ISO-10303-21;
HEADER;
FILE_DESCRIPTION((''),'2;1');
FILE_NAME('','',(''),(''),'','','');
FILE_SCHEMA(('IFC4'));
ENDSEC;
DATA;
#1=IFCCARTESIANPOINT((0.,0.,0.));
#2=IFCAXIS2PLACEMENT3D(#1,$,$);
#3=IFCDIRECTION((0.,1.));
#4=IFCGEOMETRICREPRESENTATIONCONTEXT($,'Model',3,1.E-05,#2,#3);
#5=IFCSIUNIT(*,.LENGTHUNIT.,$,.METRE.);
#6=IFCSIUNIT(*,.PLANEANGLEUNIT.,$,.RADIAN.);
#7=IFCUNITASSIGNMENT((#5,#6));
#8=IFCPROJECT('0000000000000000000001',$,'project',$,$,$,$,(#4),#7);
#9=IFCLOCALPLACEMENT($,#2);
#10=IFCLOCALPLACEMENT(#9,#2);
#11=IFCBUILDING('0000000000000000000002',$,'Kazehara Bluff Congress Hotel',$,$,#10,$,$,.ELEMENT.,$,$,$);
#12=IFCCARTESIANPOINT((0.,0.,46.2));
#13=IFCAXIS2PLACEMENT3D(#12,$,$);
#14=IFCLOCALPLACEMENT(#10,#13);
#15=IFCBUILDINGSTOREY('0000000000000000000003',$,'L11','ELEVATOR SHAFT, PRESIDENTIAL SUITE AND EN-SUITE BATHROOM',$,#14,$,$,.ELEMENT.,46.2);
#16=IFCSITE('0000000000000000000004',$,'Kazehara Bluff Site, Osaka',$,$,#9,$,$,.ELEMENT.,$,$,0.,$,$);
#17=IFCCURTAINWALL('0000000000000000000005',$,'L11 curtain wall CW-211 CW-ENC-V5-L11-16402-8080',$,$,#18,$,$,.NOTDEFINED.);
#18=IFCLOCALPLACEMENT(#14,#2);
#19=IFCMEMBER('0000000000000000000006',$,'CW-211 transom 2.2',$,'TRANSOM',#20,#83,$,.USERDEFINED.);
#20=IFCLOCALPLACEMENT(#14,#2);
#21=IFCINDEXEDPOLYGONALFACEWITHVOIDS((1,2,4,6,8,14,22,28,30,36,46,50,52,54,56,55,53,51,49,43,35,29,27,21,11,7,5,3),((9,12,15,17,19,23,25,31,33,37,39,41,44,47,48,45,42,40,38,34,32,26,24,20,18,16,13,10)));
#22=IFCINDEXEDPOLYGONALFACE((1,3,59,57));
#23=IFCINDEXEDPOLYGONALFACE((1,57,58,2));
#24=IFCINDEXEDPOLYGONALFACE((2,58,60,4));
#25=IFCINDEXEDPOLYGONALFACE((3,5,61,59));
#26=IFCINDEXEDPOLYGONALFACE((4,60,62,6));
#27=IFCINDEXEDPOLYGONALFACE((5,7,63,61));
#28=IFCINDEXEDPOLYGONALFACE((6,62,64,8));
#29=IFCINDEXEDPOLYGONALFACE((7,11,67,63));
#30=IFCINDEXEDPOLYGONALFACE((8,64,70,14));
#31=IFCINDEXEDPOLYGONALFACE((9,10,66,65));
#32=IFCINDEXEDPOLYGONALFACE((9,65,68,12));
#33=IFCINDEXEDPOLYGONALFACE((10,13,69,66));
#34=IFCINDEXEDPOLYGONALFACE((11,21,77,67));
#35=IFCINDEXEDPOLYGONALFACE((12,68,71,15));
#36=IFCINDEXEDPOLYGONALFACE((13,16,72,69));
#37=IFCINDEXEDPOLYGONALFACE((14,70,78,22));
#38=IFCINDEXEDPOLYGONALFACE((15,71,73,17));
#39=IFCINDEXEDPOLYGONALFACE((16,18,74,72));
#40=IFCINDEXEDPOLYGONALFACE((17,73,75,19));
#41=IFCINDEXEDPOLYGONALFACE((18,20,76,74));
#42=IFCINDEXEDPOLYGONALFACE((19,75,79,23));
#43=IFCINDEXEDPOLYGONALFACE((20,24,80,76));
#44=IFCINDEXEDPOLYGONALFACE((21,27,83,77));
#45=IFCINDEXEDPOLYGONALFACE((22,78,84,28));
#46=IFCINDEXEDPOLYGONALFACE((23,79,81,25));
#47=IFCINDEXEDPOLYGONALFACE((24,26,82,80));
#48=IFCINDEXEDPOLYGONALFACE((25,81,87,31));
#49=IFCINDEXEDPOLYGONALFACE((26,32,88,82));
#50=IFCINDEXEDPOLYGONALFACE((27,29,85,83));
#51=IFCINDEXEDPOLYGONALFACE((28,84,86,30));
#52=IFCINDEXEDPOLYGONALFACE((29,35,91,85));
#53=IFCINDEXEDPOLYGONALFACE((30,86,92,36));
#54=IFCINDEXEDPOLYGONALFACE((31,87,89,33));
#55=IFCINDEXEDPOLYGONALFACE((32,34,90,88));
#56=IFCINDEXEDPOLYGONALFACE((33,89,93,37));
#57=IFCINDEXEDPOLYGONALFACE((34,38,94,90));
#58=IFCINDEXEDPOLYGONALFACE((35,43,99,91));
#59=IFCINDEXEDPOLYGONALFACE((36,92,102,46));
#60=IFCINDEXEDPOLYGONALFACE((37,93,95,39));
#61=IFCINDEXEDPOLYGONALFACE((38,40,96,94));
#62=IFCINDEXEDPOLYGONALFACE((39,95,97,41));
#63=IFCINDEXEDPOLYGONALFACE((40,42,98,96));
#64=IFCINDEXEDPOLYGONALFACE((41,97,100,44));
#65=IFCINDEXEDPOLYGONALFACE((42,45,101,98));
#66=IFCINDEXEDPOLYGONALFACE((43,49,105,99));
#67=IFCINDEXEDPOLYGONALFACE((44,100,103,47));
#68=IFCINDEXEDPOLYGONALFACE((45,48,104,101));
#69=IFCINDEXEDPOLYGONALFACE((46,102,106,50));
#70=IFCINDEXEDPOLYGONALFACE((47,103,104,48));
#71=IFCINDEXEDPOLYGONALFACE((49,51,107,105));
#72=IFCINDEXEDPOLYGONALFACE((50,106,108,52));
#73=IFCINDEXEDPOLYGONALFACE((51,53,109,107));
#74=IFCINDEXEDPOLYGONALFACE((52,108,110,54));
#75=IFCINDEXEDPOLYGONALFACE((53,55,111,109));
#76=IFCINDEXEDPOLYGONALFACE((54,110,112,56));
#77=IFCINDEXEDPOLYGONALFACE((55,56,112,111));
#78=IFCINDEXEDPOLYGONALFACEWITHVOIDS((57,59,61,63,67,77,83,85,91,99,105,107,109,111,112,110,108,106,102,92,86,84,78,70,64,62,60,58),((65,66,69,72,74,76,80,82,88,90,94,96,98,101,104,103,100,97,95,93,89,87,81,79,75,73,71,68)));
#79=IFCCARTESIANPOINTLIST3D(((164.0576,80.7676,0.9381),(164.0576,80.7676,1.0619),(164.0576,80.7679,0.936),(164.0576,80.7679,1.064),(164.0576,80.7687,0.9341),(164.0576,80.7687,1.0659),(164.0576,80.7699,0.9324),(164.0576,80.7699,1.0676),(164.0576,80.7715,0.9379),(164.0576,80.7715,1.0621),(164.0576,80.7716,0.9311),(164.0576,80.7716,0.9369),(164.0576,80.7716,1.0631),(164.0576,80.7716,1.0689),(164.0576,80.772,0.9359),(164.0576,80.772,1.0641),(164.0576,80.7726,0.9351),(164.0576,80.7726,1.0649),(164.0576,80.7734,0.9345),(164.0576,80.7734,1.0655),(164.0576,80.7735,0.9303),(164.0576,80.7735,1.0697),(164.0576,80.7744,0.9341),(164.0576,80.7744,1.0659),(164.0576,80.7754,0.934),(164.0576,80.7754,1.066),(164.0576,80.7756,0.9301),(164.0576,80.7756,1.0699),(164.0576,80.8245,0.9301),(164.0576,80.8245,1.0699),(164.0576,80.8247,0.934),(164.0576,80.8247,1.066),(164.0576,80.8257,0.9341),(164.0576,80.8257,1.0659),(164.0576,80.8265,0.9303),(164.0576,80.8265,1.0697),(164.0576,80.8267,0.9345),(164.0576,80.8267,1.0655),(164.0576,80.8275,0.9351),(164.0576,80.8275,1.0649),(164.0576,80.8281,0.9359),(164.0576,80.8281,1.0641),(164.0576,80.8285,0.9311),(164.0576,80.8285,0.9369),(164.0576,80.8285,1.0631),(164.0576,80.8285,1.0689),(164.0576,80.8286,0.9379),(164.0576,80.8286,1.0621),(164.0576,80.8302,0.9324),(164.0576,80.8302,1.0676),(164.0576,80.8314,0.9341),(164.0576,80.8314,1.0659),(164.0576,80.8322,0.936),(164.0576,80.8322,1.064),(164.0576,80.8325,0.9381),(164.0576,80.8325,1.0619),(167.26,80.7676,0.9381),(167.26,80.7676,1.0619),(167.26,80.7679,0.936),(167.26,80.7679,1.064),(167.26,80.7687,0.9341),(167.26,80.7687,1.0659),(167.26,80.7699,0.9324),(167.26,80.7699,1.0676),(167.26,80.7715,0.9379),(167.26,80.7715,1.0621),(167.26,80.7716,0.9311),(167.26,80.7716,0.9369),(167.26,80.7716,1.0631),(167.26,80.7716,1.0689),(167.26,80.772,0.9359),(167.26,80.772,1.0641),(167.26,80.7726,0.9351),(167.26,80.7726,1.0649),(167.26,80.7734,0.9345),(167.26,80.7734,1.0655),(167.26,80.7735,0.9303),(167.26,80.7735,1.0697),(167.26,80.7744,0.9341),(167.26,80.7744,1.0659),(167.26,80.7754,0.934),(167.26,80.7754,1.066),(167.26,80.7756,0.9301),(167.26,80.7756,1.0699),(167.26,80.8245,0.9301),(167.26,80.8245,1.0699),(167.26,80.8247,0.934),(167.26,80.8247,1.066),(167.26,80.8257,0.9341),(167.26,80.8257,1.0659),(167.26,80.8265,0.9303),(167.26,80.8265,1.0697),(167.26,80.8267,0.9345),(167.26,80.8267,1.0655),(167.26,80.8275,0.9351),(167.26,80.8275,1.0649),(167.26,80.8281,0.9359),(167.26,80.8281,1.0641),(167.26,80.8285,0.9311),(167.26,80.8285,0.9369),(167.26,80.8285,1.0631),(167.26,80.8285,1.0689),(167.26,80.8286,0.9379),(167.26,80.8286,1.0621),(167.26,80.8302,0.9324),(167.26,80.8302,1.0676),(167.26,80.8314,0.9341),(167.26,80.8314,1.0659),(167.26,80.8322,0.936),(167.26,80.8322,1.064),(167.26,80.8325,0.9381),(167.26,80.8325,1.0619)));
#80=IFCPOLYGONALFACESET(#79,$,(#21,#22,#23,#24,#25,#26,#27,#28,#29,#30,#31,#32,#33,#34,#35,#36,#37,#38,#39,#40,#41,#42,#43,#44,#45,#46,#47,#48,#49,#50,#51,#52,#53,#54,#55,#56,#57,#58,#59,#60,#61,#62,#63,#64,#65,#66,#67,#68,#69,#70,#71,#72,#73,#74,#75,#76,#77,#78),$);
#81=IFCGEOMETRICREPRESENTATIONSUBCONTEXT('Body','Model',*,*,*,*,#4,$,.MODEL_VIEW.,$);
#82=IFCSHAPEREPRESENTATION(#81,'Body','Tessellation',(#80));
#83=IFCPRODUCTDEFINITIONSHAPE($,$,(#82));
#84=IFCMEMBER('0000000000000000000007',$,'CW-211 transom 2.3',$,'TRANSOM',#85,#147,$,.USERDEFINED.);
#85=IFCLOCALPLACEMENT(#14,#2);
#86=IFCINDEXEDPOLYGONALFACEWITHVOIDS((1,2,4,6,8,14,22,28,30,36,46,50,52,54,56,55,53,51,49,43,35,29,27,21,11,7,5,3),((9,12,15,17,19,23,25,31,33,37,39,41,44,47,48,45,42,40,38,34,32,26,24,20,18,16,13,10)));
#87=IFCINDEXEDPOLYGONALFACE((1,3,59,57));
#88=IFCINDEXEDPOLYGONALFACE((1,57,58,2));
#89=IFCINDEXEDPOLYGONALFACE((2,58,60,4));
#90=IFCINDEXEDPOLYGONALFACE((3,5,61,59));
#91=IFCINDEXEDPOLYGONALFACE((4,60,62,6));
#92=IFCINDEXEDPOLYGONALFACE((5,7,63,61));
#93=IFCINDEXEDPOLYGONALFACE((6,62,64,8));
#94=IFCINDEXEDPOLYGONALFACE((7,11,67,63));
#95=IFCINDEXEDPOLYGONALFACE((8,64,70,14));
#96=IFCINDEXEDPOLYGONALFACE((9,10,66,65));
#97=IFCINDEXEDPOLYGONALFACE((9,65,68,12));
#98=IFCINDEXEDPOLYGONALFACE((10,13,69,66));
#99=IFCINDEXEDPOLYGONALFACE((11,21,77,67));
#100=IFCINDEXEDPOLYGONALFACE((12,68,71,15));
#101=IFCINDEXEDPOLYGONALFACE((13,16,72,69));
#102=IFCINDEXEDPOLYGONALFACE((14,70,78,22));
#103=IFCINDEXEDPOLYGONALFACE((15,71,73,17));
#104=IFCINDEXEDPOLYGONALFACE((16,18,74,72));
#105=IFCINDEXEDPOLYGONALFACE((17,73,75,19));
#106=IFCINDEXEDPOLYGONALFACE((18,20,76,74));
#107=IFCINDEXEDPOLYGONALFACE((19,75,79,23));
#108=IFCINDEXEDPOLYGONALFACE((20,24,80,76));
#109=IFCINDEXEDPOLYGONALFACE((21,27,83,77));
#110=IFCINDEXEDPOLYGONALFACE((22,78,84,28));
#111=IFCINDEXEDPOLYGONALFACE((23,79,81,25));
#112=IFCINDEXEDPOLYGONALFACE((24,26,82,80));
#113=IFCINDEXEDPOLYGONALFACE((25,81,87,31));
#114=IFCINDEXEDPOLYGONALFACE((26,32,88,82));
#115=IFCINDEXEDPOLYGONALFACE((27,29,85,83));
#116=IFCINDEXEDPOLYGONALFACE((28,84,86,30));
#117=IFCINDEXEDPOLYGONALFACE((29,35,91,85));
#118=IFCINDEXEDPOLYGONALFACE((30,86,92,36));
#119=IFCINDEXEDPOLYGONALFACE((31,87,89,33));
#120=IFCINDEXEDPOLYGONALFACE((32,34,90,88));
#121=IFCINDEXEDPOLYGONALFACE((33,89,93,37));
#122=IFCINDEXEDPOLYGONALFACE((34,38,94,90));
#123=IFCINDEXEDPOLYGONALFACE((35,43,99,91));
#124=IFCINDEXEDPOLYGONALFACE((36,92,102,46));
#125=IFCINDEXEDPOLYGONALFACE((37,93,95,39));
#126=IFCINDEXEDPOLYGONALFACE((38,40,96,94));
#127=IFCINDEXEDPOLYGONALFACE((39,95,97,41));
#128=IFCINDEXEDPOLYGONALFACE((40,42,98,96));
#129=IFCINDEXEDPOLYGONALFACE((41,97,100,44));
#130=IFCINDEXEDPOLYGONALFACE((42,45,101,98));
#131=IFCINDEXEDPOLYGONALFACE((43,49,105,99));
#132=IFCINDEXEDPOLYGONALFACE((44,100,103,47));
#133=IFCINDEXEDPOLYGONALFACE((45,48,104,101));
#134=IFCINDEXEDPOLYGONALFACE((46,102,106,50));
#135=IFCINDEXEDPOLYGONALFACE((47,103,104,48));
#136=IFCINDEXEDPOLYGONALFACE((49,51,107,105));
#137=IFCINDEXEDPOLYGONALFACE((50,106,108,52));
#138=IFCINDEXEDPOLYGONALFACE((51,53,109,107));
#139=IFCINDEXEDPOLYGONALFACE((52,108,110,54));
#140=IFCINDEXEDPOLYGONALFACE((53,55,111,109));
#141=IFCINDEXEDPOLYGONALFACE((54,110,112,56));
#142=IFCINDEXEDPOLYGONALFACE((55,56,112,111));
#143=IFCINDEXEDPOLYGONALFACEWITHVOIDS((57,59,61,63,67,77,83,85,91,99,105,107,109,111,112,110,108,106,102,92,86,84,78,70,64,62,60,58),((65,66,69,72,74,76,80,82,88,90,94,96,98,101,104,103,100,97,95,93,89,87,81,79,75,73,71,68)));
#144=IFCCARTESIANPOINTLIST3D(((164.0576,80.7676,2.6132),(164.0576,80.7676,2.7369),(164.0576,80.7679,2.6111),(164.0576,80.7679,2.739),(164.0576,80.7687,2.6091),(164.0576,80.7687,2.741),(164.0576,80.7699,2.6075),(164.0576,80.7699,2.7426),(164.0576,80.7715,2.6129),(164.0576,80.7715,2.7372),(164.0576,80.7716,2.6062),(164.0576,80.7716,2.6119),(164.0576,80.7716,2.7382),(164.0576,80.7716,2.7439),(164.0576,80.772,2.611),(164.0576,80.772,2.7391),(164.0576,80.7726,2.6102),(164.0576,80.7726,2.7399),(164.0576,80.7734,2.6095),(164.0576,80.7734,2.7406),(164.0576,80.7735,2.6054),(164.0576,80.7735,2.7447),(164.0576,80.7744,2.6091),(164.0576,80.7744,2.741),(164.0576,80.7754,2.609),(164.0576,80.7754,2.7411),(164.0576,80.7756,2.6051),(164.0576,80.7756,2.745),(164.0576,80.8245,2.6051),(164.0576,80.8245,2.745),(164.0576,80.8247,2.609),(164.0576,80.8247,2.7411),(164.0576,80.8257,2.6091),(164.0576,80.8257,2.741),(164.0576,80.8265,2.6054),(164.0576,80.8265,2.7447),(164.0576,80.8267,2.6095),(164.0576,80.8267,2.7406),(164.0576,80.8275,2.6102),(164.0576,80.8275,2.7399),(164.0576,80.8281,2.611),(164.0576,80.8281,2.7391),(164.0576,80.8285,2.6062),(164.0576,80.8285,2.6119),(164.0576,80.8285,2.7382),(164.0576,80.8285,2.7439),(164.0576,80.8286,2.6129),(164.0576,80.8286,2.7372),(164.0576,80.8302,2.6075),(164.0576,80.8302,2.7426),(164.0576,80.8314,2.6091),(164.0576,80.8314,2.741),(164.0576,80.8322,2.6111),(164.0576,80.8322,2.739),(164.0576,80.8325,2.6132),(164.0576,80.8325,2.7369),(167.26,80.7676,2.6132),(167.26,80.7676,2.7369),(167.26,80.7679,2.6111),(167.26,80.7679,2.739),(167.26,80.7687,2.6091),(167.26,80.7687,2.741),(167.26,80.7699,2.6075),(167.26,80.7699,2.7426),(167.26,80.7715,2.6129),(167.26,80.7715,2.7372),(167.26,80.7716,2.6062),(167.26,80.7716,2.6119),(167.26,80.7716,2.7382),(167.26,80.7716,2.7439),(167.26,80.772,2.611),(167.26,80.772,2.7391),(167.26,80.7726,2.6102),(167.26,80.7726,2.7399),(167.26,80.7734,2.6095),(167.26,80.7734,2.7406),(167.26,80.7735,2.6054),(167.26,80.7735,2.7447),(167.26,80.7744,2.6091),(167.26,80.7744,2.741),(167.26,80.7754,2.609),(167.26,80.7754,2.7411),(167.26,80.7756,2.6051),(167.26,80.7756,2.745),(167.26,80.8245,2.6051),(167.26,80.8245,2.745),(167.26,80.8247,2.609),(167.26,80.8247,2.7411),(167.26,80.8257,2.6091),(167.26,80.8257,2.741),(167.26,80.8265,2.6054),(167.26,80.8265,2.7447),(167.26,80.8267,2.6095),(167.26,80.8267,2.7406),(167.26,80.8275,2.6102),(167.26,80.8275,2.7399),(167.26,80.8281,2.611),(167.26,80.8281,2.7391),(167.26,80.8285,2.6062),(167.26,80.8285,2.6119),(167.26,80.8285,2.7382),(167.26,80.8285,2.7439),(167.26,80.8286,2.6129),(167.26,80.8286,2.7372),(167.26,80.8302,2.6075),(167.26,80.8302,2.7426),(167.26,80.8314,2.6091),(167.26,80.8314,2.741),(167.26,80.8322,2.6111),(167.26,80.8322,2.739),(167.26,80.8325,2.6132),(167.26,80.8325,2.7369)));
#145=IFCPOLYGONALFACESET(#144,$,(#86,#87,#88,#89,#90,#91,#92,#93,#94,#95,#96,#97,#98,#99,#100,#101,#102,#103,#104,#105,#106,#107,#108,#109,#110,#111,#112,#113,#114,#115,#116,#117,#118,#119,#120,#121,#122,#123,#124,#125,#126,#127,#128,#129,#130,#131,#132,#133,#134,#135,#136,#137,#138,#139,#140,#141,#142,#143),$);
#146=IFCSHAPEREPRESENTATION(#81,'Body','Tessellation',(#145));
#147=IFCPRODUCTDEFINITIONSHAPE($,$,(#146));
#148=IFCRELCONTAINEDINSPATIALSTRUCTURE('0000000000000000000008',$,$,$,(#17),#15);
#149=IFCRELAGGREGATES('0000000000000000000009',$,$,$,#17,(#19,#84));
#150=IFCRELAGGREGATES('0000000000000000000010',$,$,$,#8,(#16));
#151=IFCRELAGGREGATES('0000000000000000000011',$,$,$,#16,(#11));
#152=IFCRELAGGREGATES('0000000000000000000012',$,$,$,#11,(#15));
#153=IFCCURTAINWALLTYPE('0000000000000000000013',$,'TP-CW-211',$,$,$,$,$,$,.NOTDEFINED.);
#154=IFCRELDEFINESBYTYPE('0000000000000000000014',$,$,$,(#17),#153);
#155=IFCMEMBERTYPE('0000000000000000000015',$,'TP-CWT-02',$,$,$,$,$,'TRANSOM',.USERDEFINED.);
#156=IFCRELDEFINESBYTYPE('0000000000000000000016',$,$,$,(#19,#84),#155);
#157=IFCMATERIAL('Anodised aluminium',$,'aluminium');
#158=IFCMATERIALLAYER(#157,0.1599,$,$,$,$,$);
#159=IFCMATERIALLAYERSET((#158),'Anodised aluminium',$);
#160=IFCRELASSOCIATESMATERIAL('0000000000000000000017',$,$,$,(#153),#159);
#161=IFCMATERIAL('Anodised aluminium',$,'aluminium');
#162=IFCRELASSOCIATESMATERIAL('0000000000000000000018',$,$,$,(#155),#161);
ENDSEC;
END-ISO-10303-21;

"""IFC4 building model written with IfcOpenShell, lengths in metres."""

from ifc_helpers import new_model, si_unit, direction, frame, origin, origin_2d, place, context, subcontext, project, spatial, hollow_rectangle, extrude, material, layer, layer_set, material_profile, profile_set, type_object, element, aggregate, save


model = new_model("IFC4")

# Units and contexts
model_context = context("Model", 3, precision=1e-05, world=origin(), true_north=direction((0.0, 1.0)))
body_context = subcontext(model_context, "Body", "Model", "MODEL_VIEW")
ifc_project = project(units=[si_unit("LENGTHUNIT", "METRE"), si_unit("PLANEANGLEUNIT", "RADIAN")], contexts=[model_context])

# Site, building, storey
site_placement = place(None, origin())
site = spatial("IfcSite", under=ifc_project, at=site_placement, Name="Kazehara Bluff Site, Osaka", CompositionType="ELEMENT", RefElevation=0.0)
building_placement = place(site_placement, origin())
building = spatial("IfcBuilding", under=site, at=building_placement, Name="Kazehara Bluff Congress Hotel", CompositionType="ELEMENT")
storey_placement = place(building_placement, frame((0.0, 0.0, 46.2)))
storey = spatial("IfcBuildingStorey", under=building, at=storey_placement, Name="L11", Description="ELEVATOR SHAFT, PRESIDENTIAL SUITE AND EN-SUITE BATHROOM", CompositionType="ELEMENT", Elevation=46.2)

# Curtain wall
ifc_material_1 = material(Name="Anodised aluminium", Category="aluminium")
ifc_layer_1 = layer(ifc_material_1, 0.1599)
ifc_layer_set_1 = layer_set([ifc_layer_1], Name="Anodised aluminium")
curtain_wall_type_1 = type_object("IfcCurtainWallType", Name="TP-CW-211", PredefinedType="NOTDEFINED", material=ifc_layer_set_1)
curtain_wall_1_placement = place(storey_placement, origin())
curtain_wall_1 = element("IfcCurtainWall", 1, at=curtain_wall_1_placement, inside=storey, type_object=curtain_wall_type_1, Name="L11 curtain wall CW-211 CW-ENC-V5-L11-16402-8080", PredefinedType="NOTDEFINED")

# Members
ifc_material_2 = material(Name="Anodised aluminium", Category="aluminium")
ifc_material_profile_1 = material_profile(ifc_material_2, hollow_rectangle(XDim=0.0649, YDim=0.1399, WallThickness=0.0039, InnerFilletRadius=0.0039, OuterFilletRadius=0.0081, at=origin_2d()))
ifc_profile_set_1 = profile_set([ifc_material_profile_1], Name="Anodised aluminium")
member_type_1 = type_object("IfcMemberType", Name="TP-CWT-02", ElementType="TRANSOM", PredefinedType="USERDEFINED", material=ifc_profile_set_1)
member_1_placement = place(storey_placement, frame((164.0576, 80.8, 1.0), z_axis=(1.0, 0.0, 0.0), x_axis=(0.0, 1.0, 0.0)))
member_1 = element("IfcMember", 2, at=member_1_placement, type_object=member_type_1, Name="CW-211 transom 2.2", ObjectType="TRANSOM", PredefinedType="USERDEFINED", context=body_context, shape_type="SweptSolid", body=[
    extrude(hollow_rectangle(XDim=0.0649, YDim=0.1399, WallThickness=0.0039, InnerFilletRadius=0.0039, OuterFilletRadius=0.0081, at=origin_2d()), origin(), (0.0, 0.0, 1.0), 3.2024),
])
member_2_placement = place(storey_placement, frame((164.0576, 80.8, 2.675), z_axis=(1.0, 0.0, 0.0), x_axis=(0.0, 1.0, 0.0)))
member_2 = element("IfcMember", 3, at=member_2_placement, type_object=member_type_1, Name="CW-211 transom 2.3", ObjectType="TRANSOM", PredefinedType="USERDEFINED", context=body_context, shape_type="SweptSolid", body=[
    extrude(hollow_rectangle(XDim=0.0649, YDim=0.1399, WallThickness=0.0039, InnerFilletRadius=0.0039, OuterFilletRadius=0.0081, at=origin_2d()), origin(), (0.0, 0.0, 1.0), 3.2024),
])

aggregate(curtain_wall_1, [member_1, member_2])

save(model, "model.ifc")
